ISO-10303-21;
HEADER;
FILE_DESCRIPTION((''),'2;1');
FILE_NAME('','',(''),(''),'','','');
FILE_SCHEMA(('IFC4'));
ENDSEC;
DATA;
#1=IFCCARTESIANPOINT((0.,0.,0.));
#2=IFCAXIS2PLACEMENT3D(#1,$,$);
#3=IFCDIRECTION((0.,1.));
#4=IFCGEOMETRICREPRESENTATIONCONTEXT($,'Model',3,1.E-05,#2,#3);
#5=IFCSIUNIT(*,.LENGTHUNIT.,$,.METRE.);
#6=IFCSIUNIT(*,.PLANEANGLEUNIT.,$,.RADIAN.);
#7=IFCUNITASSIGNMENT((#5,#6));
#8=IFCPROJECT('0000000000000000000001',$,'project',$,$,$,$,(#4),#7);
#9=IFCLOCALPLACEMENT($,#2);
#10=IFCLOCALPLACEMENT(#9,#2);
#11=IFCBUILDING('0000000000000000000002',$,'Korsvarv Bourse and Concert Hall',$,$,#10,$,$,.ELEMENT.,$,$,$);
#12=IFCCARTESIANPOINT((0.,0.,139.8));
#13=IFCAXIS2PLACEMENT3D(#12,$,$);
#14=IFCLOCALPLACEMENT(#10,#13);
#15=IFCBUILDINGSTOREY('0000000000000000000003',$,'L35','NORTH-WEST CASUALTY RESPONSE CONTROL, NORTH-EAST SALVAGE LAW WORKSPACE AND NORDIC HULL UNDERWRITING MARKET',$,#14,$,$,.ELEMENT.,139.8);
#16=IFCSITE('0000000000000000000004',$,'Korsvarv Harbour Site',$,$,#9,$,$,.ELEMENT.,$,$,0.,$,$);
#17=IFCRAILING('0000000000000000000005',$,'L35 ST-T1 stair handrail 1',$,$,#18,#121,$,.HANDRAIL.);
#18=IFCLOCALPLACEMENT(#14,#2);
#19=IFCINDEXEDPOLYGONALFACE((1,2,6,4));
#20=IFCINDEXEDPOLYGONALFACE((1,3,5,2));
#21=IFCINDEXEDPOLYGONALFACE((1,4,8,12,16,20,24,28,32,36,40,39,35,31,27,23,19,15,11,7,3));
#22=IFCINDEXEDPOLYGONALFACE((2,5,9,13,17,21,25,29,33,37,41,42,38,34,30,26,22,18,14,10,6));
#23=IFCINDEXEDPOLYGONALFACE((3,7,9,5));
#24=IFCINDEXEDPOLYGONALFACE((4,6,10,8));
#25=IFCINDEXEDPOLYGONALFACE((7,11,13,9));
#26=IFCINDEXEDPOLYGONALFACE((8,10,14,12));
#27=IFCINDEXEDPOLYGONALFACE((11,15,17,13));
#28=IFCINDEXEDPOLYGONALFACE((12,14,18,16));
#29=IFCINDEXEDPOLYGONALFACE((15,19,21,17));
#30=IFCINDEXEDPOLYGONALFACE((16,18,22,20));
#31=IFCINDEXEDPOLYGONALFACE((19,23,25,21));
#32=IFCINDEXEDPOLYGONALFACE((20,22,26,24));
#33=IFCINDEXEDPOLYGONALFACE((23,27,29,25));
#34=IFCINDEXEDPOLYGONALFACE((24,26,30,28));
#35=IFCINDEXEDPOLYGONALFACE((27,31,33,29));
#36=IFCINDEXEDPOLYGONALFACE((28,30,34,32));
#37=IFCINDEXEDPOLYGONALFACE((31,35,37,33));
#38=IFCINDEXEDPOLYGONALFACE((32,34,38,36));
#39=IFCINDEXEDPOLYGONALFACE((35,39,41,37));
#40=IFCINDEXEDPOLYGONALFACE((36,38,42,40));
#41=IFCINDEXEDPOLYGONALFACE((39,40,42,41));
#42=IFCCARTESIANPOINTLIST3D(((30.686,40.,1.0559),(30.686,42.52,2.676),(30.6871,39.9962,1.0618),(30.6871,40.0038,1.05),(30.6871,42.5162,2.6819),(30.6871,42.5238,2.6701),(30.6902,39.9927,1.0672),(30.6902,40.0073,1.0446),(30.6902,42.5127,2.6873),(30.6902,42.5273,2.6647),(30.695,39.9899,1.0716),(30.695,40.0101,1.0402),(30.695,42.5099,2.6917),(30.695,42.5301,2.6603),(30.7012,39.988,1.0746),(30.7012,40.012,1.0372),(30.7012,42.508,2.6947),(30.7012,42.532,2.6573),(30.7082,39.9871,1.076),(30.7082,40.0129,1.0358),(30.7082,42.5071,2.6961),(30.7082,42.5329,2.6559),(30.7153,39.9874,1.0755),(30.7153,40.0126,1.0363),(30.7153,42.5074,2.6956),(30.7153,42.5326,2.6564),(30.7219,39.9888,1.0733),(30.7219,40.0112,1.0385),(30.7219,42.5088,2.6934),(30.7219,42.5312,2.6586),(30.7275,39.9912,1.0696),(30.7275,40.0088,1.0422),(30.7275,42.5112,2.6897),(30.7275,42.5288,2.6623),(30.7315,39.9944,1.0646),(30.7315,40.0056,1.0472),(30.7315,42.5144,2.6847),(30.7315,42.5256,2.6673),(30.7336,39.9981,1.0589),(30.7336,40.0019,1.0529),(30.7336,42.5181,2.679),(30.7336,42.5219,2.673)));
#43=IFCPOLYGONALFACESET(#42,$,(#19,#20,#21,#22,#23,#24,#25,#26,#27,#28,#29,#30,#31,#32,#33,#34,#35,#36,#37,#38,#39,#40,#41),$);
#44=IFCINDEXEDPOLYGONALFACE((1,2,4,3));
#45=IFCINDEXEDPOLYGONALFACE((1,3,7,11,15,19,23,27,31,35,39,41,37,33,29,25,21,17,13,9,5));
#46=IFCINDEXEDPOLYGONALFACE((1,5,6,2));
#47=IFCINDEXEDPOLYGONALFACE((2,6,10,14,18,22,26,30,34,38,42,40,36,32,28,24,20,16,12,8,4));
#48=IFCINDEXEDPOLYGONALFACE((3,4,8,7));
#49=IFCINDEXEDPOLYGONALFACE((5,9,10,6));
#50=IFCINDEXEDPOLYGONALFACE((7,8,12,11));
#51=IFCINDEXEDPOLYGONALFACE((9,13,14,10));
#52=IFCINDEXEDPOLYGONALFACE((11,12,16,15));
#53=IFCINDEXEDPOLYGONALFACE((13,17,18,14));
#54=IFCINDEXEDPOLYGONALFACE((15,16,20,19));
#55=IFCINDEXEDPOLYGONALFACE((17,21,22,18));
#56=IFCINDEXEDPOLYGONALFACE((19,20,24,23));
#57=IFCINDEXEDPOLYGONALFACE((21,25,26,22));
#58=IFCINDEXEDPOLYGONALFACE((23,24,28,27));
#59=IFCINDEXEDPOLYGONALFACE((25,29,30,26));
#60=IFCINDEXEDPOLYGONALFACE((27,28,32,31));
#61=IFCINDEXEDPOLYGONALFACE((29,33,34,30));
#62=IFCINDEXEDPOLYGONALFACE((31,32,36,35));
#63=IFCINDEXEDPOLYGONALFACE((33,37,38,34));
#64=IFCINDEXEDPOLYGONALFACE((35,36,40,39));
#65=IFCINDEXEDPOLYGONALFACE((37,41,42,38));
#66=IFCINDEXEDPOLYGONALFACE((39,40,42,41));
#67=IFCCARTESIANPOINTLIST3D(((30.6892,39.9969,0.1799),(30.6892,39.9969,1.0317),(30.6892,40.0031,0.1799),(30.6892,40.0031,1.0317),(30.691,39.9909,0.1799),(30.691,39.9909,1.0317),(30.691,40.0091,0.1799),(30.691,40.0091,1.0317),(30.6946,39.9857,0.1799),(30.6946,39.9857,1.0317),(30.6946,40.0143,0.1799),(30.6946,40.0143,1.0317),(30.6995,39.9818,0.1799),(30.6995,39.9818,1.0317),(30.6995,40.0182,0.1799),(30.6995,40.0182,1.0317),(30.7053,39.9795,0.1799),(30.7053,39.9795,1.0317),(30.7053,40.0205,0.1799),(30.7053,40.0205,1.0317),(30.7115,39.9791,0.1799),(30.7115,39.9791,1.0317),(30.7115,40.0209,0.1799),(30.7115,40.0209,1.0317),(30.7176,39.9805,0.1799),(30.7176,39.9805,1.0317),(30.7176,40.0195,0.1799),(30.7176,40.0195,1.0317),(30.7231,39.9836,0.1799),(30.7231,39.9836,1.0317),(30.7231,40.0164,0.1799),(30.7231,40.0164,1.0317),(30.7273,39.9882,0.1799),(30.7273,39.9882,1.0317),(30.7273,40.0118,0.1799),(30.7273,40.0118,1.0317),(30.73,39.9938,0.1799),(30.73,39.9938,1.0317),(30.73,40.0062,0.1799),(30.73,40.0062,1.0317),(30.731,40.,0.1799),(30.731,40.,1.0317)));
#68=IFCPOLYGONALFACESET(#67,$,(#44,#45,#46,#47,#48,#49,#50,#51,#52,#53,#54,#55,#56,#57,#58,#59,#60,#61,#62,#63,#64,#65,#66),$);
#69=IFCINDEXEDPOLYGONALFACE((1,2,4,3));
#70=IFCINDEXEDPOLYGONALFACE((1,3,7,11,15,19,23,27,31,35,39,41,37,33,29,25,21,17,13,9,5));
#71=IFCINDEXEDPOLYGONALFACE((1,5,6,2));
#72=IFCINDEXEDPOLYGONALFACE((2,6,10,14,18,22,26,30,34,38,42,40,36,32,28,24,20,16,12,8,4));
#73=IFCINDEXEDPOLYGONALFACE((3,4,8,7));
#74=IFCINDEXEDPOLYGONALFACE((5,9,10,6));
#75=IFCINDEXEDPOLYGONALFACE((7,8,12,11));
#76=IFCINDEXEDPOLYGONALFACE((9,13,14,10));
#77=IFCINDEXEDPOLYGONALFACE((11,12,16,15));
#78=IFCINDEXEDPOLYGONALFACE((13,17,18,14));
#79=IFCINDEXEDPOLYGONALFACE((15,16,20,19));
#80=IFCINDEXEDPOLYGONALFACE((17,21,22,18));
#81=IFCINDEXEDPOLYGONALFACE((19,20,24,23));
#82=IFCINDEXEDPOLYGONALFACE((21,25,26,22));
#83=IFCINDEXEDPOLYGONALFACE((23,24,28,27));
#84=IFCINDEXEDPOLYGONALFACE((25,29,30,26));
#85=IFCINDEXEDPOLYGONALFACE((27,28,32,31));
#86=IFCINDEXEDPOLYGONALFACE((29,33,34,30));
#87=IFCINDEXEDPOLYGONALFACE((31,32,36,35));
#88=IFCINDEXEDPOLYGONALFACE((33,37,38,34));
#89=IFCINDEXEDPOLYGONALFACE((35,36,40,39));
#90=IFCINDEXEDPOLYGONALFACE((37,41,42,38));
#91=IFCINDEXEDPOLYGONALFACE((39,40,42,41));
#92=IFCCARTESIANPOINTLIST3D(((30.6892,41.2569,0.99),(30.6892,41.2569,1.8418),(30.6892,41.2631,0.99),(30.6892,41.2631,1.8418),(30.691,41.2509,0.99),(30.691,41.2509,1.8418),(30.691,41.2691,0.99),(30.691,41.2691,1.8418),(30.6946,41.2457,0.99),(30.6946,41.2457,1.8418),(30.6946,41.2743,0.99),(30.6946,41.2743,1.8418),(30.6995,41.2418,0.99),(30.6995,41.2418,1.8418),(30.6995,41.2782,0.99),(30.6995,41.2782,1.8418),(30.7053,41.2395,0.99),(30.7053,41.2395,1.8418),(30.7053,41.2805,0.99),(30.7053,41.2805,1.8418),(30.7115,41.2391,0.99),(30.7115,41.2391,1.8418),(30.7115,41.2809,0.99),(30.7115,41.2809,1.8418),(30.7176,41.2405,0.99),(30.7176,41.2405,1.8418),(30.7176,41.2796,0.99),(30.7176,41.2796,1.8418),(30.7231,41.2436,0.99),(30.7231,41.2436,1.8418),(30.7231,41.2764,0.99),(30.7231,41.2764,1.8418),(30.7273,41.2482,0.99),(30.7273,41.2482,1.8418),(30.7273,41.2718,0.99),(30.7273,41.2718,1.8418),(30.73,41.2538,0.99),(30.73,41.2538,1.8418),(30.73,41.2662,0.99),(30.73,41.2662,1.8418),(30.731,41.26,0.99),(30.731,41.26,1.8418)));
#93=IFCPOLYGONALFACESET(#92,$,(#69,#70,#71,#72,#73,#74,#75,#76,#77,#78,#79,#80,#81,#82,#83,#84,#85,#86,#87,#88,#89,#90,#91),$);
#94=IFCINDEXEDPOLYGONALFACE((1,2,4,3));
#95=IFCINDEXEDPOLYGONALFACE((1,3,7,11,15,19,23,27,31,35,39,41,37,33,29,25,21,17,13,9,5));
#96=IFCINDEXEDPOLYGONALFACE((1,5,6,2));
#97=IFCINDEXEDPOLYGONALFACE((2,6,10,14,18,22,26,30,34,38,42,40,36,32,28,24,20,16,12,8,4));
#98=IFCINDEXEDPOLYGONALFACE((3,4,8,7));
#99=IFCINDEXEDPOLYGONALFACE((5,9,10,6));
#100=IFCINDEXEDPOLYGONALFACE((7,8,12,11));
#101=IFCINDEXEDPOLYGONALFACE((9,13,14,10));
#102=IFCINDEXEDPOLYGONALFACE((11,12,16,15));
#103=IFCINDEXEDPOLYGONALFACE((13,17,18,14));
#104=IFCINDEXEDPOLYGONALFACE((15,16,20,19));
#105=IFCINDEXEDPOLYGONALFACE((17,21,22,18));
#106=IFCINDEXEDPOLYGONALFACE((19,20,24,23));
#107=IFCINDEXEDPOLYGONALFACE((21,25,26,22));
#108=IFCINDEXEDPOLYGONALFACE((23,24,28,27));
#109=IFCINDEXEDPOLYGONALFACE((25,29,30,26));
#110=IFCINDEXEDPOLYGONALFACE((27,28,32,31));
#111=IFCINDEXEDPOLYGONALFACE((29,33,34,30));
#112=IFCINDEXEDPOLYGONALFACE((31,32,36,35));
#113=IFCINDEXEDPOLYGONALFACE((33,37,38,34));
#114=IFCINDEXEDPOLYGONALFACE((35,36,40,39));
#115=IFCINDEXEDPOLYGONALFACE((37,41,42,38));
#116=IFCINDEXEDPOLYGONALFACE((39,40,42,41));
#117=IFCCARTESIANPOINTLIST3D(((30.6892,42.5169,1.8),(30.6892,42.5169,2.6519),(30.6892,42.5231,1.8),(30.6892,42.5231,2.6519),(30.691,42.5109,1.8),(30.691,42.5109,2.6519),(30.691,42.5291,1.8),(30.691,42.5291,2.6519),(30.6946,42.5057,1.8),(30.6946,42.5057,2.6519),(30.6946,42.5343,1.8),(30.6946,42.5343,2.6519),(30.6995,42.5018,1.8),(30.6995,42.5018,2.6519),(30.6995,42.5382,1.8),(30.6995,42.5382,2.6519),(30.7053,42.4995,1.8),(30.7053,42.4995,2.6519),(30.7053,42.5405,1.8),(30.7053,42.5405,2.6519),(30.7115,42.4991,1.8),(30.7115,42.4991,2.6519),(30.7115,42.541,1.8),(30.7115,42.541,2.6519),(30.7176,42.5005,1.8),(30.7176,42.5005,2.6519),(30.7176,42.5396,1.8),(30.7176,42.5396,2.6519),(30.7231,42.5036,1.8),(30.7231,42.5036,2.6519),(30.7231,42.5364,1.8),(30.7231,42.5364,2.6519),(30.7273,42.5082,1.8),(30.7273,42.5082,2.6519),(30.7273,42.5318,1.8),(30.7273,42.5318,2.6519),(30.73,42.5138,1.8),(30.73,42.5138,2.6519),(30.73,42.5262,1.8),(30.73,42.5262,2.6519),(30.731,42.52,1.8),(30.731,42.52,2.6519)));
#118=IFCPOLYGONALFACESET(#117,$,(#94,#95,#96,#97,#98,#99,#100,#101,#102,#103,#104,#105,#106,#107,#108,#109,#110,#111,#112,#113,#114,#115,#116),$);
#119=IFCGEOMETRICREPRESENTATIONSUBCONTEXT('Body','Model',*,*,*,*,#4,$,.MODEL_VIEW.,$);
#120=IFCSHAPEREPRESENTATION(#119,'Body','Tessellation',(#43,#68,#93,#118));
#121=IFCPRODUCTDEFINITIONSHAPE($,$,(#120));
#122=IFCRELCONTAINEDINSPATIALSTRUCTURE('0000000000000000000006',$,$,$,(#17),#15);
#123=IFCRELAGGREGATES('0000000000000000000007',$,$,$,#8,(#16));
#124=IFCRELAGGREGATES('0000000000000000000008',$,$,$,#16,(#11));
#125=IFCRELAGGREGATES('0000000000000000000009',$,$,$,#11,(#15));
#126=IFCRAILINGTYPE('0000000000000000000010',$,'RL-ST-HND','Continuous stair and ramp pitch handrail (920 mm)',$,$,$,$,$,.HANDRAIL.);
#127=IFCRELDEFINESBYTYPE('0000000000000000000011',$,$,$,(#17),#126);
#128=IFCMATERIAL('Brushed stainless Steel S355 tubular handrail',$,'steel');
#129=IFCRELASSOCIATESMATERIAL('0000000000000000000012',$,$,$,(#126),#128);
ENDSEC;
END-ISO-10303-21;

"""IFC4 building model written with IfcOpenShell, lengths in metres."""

from ifc_helpers import new_model, si_unit, direction, frame, origin, origin_2d, place, context, subcontext, project, spatial, circle, extrude, material, type_object, element, save


model = new_model("IFC4")

# Units and contexts
model_context = context("Model", 3, precision=1e-05, world=origin(), true_north=direction((0.0, 1.0)))
body_context = subcontext(model_context, "Body", "Model", "MODEL_VIEW")
ifc_project = project(units=[si_unit("LENGTHUNIT", "METRE"), si_unit("PLANEANGLEUNIT", "RADIAN")], contexts=[model_context])

# Site, building, storey
site_placement = place(None, origin())
site = spatial("IfcSite", under=ifc_project, at=site_placement, Name="Korsvarv Harbour Site", CompositionType="ELEMENT", RefElevation=0.0)
building_placement = place(site_placement, origin())
building = spatial("IfcBuilding", under=site, at=building_placement, Name="Korsvarv Bourse and Concert Hall", CompositionType="ELEMENT")
storey_placement = place(building_placement, frame((0.0, 0.0, 139.8)))
storey = spatial("IfcBuildingStorey", under=building, at=storey_placement, Name="L35", Description="NORTH-WEST CASUALTY RESPONSE CONTROL, NORTH-EAST SALVAGE LAW WORKSPACE AND NORDIC HULL UNDERWRITING MARKET", CompositionType="ELEMENT", Elevation=139.8)

# Railing
ifc_material_1 = material(Name="Brushed stainless Steel S355 tubular handrail", Category="steel")
railing_type_1 = type_object("IfcRailingType", Name="RL-ST-HND", Description="Continuous stair and ramp pitch handrail (920 mm)", PredefinedType="HANDRAIL", material=ifc_material_1)
railing_1_placement = place(storey_placement, frame((30.71, 40.0, 0.1799)))
element("IfcRailing", 1, at=railing_1_placement, inside=storey, type_object=railing_type_1, Name="L35 ST-T1 stair handrail 1", PredefinedType="HANDRAIL", context=body_context, shape_type="SweptSolid", body=[
    extrude(circle(Radius=0.0239, at=origin_2d()), frame((0.0, 0.0, 0.876), z_axis=(0.0, 0.841163, 0.540782), x_axis=(-1.0, 0.0, 0.0)), (0.0, 0.0, 1.0), 2.9958),
    extrude(circle(Radius=0.021, at=origin_2d()), origin(), (0.0, 0.0, 1.0), 0.8518),
    extrude(circle(Radius=0.021, at=origin_2d()), frame((0.0, 1.26, 0.8101)), (0.0, 0.0, 1.0), 0.8518),
    extrude(circle(Radius=0.021, at=origin_2d()), frame((0.0, 2.52, 1.6201)), (0.0, 0.0, 1.0), 0.8518),
])

save(model, "model.ifc")
